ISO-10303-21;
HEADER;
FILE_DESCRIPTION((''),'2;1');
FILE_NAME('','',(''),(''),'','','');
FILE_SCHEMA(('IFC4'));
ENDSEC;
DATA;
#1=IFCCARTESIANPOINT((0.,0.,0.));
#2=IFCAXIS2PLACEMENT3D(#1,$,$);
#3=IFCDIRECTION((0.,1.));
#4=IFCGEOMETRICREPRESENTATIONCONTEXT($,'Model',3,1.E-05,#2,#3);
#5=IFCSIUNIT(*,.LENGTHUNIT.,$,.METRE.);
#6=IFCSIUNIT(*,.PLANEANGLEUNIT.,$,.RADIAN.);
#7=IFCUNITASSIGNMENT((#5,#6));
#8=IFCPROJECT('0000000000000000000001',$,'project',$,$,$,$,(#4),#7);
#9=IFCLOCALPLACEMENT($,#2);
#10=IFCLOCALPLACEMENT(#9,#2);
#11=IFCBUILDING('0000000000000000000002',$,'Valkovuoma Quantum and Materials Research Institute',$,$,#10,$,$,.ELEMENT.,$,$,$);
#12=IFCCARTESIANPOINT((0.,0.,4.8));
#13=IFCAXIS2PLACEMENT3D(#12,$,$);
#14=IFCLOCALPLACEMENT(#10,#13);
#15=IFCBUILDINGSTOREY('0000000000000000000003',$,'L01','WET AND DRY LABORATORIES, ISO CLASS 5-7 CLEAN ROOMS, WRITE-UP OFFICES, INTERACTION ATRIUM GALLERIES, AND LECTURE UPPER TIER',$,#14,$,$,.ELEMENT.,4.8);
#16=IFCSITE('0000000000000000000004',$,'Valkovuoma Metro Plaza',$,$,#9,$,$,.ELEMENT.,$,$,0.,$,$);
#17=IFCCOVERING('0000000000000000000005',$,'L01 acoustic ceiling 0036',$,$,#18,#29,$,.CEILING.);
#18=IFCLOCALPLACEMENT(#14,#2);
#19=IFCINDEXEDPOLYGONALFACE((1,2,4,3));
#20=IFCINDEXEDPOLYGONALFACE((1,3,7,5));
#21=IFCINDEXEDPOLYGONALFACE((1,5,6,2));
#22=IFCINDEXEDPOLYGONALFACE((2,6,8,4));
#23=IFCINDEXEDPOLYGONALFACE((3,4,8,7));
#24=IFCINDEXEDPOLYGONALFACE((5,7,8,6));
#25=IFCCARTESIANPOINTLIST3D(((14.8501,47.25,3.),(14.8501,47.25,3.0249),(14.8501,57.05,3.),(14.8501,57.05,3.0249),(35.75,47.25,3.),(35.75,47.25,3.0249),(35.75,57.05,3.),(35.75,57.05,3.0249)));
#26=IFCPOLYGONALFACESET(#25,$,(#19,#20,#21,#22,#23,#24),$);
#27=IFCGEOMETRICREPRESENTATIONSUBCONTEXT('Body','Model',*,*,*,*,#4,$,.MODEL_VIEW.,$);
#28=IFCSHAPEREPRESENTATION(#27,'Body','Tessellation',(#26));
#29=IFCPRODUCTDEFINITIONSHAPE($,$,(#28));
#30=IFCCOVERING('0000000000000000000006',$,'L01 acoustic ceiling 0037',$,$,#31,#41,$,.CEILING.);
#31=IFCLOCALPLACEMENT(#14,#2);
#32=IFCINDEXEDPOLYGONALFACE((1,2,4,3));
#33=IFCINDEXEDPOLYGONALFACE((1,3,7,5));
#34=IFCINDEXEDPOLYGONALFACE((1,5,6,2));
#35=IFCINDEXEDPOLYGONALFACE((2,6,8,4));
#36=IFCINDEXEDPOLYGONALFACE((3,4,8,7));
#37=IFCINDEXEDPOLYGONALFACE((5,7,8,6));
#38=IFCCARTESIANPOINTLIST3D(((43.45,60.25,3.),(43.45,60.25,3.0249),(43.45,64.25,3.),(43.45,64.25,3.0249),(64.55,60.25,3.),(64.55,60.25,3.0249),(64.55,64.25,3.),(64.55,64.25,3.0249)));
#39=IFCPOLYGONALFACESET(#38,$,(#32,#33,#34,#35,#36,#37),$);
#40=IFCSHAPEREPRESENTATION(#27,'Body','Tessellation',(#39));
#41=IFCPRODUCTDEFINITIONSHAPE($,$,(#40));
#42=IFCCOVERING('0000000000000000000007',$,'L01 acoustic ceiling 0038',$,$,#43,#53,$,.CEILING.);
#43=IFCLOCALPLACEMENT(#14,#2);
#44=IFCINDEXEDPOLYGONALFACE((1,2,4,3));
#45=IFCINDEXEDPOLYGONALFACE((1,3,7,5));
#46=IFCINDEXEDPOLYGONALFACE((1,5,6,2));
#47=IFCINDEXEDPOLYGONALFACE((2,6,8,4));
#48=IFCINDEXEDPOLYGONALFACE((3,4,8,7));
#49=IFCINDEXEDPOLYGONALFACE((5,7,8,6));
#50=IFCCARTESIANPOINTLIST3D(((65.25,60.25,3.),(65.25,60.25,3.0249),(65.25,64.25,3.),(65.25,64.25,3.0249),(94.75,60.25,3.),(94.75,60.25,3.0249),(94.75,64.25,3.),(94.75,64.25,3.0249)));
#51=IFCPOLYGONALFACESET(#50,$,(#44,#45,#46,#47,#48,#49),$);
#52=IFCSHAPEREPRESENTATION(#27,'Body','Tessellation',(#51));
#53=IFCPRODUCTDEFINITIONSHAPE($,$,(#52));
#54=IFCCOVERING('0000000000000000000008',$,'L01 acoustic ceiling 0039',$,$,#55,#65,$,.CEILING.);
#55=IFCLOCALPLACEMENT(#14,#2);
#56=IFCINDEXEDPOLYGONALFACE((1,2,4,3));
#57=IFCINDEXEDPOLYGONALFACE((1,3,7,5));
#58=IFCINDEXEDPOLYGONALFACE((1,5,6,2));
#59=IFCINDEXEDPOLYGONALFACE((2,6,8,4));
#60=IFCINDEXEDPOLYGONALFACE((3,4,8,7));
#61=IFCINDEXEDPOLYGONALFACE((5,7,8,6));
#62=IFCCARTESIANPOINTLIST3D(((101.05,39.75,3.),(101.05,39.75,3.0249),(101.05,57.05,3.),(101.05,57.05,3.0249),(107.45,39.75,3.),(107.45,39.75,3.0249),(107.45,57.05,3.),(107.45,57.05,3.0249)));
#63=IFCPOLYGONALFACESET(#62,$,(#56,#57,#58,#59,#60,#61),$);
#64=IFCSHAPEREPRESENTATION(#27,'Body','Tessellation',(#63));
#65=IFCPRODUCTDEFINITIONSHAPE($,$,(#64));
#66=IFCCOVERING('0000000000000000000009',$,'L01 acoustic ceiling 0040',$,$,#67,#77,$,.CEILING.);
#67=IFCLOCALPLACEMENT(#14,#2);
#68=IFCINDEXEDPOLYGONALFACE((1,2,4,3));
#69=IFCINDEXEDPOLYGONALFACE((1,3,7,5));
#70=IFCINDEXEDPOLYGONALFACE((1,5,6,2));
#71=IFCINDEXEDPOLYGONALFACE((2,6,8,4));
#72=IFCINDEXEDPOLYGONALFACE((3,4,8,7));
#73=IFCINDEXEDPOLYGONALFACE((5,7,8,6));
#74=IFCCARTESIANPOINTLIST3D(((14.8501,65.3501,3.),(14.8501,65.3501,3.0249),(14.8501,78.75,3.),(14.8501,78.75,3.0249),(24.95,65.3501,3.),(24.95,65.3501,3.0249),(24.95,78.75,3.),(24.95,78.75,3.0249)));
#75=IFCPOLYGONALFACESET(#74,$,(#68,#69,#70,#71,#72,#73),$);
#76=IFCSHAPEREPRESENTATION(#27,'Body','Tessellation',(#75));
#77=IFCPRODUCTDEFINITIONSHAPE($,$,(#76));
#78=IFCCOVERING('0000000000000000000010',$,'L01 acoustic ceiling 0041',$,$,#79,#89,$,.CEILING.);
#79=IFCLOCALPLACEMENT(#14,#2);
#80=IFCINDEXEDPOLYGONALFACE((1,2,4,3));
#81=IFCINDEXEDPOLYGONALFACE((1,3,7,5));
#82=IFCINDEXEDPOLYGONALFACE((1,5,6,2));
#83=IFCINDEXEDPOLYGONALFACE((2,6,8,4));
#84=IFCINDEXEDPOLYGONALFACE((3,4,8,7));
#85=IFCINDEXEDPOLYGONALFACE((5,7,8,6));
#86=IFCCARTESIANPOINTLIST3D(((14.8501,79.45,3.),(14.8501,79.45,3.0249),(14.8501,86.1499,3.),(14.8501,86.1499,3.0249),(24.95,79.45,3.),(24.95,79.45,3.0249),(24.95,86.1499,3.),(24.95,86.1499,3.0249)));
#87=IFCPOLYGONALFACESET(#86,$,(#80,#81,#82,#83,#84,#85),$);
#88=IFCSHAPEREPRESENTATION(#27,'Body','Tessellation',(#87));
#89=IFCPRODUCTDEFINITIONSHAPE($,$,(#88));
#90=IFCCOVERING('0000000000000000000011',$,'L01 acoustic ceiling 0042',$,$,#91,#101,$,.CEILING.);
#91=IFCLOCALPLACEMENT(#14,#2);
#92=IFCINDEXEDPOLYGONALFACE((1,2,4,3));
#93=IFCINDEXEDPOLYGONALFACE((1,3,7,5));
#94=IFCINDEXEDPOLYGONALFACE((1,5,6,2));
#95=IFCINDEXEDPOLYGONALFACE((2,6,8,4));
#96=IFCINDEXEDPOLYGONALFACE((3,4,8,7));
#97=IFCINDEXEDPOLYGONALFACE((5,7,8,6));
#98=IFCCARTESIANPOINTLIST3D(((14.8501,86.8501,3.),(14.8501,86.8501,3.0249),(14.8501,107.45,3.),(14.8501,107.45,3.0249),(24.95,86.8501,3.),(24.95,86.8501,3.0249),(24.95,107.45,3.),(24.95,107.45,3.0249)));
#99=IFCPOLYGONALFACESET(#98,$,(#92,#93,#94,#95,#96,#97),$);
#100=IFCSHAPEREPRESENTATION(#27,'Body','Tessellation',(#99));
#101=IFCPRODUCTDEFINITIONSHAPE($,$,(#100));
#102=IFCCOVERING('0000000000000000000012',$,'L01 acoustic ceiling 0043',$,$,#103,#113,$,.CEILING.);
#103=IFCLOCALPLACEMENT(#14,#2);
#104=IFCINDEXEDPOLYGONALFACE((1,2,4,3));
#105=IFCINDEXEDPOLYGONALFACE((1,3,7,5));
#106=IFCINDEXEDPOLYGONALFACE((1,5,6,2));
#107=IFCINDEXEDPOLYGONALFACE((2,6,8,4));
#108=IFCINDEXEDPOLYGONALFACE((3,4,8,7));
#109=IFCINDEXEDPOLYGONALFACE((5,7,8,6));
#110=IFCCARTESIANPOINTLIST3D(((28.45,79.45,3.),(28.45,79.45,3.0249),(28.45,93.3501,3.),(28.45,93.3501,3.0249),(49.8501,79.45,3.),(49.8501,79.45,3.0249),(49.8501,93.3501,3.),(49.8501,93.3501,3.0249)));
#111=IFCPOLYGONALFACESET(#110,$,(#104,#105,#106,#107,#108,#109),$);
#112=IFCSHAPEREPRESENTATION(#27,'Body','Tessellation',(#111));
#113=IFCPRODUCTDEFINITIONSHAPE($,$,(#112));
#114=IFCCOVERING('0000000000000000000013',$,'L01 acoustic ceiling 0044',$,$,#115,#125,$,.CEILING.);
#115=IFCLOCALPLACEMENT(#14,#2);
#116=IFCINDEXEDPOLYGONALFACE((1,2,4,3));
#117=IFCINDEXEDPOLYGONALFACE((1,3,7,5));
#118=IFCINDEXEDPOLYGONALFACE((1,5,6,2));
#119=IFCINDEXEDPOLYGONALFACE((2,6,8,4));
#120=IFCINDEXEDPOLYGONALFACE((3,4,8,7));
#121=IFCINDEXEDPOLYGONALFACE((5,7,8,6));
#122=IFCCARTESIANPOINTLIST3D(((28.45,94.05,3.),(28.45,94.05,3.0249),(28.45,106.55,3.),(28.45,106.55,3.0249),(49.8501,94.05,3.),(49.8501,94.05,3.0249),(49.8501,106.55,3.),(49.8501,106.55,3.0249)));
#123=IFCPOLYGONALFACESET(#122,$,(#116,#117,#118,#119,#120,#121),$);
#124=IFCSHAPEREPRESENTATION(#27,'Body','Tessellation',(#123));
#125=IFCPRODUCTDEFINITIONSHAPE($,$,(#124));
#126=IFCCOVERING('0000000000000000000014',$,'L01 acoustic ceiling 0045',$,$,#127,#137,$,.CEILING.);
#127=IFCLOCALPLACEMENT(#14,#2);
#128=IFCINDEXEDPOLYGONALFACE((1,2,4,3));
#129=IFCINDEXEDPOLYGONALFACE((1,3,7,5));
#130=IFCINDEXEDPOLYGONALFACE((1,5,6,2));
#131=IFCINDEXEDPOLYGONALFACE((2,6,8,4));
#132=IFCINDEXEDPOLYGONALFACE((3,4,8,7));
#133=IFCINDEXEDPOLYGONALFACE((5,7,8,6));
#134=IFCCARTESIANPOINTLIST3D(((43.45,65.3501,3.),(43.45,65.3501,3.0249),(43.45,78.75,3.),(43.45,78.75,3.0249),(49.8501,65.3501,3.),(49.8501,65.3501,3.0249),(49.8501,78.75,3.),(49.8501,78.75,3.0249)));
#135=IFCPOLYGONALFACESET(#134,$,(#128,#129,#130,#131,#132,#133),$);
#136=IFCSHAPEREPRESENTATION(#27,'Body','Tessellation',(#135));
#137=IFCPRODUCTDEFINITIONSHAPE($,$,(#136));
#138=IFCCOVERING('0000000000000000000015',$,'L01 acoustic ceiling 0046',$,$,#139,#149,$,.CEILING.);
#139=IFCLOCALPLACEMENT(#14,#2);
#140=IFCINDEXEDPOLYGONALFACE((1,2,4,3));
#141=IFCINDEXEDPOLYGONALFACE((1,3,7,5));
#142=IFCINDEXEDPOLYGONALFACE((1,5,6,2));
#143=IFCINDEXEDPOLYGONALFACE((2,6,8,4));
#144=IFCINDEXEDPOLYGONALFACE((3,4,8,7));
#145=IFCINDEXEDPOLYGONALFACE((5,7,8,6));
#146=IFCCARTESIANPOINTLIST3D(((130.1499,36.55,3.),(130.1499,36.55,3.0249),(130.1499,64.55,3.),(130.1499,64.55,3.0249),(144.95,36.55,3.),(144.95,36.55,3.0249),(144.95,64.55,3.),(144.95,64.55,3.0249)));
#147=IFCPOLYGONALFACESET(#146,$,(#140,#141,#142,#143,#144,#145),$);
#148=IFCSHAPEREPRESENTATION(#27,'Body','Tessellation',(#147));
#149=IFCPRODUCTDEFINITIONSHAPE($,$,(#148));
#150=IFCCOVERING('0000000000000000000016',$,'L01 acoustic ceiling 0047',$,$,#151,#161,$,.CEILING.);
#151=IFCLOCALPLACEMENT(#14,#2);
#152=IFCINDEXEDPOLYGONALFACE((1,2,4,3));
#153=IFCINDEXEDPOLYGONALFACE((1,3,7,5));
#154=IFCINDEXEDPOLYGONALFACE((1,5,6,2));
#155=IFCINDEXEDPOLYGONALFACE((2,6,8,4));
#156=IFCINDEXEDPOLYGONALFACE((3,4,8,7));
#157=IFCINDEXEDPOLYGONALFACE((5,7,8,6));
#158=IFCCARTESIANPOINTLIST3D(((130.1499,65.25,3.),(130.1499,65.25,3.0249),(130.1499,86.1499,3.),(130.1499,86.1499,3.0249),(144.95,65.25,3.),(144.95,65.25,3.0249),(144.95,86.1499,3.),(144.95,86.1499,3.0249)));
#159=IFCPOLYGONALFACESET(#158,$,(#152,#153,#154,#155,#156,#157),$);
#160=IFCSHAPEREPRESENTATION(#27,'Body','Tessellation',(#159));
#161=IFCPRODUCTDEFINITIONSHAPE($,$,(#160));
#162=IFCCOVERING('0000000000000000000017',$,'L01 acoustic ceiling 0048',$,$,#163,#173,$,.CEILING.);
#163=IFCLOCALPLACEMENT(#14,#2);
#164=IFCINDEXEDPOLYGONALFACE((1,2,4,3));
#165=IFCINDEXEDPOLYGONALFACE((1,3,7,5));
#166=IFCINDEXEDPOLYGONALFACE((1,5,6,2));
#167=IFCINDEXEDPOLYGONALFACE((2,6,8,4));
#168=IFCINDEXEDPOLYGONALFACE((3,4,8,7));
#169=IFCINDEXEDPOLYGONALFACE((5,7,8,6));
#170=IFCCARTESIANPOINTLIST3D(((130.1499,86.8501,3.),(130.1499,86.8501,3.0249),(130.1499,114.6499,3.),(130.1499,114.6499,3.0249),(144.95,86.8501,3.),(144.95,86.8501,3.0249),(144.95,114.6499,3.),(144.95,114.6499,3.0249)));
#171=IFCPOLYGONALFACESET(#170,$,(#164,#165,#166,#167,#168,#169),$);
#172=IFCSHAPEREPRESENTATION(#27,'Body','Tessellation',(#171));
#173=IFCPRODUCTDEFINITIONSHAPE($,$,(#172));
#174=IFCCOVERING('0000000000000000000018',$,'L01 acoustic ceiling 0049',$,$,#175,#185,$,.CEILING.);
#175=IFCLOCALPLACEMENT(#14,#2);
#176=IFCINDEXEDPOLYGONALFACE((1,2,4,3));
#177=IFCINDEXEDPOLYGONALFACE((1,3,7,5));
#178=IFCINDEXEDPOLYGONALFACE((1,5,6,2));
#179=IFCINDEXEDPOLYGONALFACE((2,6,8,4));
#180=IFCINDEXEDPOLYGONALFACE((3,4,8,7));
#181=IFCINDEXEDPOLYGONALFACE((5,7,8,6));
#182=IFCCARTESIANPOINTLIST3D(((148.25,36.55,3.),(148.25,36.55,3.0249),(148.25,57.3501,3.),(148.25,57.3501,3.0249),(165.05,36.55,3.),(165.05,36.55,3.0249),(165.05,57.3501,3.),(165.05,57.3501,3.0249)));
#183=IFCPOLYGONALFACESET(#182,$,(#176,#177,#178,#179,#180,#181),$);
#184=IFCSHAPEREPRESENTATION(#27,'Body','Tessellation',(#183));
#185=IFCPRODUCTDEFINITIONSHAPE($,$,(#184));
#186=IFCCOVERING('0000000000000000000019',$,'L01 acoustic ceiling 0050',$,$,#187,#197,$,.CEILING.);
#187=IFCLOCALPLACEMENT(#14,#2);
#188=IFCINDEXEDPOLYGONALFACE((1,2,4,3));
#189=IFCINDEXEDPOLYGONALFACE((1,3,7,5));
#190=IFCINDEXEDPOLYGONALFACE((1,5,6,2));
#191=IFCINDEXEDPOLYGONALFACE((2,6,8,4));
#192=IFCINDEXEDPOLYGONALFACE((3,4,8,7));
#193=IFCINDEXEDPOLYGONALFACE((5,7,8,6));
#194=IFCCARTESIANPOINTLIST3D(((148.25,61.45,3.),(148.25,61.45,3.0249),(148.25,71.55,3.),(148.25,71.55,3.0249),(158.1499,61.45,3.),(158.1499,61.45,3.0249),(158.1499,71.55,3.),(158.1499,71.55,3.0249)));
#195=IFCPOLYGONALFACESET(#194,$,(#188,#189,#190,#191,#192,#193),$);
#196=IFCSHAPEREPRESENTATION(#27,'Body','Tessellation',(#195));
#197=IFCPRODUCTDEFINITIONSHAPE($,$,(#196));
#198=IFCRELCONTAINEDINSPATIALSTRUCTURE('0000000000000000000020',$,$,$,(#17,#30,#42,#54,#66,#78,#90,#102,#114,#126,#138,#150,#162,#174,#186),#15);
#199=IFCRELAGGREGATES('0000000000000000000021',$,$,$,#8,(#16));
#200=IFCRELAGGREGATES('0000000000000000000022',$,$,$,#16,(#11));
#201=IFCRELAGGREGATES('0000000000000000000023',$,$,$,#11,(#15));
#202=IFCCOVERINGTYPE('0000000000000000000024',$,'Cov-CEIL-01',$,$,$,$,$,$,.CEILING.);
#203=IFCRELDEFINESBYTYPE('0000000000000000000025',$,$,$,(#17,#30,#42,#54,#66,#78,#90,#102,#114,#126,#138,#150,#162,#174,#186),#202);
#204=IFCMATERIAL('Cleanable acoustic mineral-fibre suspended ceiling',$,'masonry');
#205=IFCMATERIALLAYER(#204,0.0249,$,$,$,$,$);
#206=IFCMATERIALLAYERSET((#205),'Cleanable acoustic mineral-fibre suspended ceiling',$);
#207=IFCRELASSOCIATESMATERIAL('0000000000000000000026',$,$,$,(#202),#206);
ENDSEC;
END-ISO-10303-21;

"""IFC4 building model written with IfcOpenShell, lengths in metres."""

from ifc_helpers import new_model, si_unit, direction, frame, origin, place, context, subcontext, project, spatial, polyline, outline, extrude, material, layer, layer_set, type_object, element, save


model = new_model("IFC4")

# Units and contexts
model_context = context("Model", 3, precision=1e-05, world=origin(), true_north=direction((0.0, 1.0)))
body_context = subcontext(model_context, "Body", "Model", "MODEL_VIEW")
ifc_project = project(units=[si_unit("LENGTHUNIT", "METRE"), si_unit("PLANEANGLEUNIT", "RADIAN")], contexts=[model_context])

# Site, building, storey
site_placement = place(None, origin())
site = spatial("IfcSite", under=ifc_project, at=site_placement, Name="Valkovuoma Metro Plaza", CompositionType="ELEMENT", RefElevation=0.0)
building_placement = place(site_placement, origin())
building = spatial("IfcBuilding", under=site, at=building_placement, Name="Valkovuoma Quantum and Materials Research Institute", CompositionType="ELEMENT")
storey_placement = place(building_placement, frame((0.0, 0.0, 4.8)))
storey = spatial("IfcBuildingStorey", under=building, at=storey_placement, Name="L01", Description="WET AND DRY LABORATORIES, ISO CLASS 5-7 CLEAN ROOMS, WRITE-UP OFFICES, INTERACTION ATRIUM GALLERIES, AND LECTURE UPPER TIER", CompositionType="ELEMENT", Elevation=4.8)

# Coverings
ifc_material_1 = material(Name="Cleanable acoustic mineral-fibre suspended ceiling", Category="masonry")
ifc_layer_1 = layer(ifc_material_1, 0.0249)
ifc_layer_set_1 = layer_set([ifc_layer_1], Name="Cleanable acoustic mineral-fibre suspended ceiling")
covering_type_1 = type_object("IfcCoveringType", Name="Cov-CEIL-01", PredefinedType="CEILING", material=ifc_layer_set_1)
covering_1_placement = place(storey_placement, frame((0.0, 0.0, 3.0)))
element("IfcCovering", 1, at=covering_1_placement, inside=storey, type_object=covering_type_1, Name="L01 acoustic ceiling 0036", PredefinedType="CEILING", context=body_context, shape_type="SweptSolid", body=[
    extrude(outline(polyline([(14.8501, 47.25), (35.75, 47.25), (35.75, 57.05), (14.8501, 57.05), (14.8501, 47.25)])), origin(), (0.0, 0.0, 1.0), 0.0249),
])
covering_2_placement = place(storey_placement, frame((0.0, 0.0, 3.0)))
element("IfcCovering", 2, at=covering_2_placement, inside=storey, type_object=covering_type_1, Name="L01 acoustic ceiling 0037", PredefinedType="CEILING", context=body_context, shape_type="SweptSolid", body=[
    extrude(outline(polyline([(43.45, 60.25), (64.55, 60.25), (64.55, 64.25), (43.45, 64.25), (43.45, 60.25)])), origin(), (0.0, 0.0, 1.0), 0.0249),
])
covering_3_placement = place(storey_placement, frame((0.0, 0.0, 3.0)))
element("IfcCovering", 3, at=covering_3_placement, inside=storey, type_object=covering_type_1, Name="L01 acoustic ceiling 0038", PredefinedType="CEILING", context=body_context, shape_type="SweptSolid", body=[
    extrude(outline(polyline([(65.25, 60.25), (94.75, 60.25), (94.75, 64.25), (65.25, 64.25), (65.25, 60.25)])), origin(), (0.0, 0.0, 1.0), 0.0249),
])
covering_4_placement = place(storey_placement, frame((0.0, 0.0, 3.0)))
element("IfcCovering", 4, at=covering_4_placement, inside=storey, type_object=covering_type_1, Name="L01 acoustic ceiling 0039", PredefinedType="CEILING", context=body_context, shape_type="SweptSolid", body=[
    extrude(outline(polyline([(101.05, 39.75), (107.45, 39.75), (107.45, 57.05), (101.05, 57.05), (101.05, 39.75)])), origin(), (0.0, 0.0, 1.0), 0.0249),
])
covering_5_placement = place(storey_placement, frame((0.0, 0.0, 3.0)))
element("IfcCovering", 5, at=covering_5_placement, inside=storey, type_object=covering_type_1, Name="L01 acoustic ceiling 0040", PredefinedType="CEILING", context=body_context, shape_type="SweptSolid", body=[
    extrude(outline(polyline([(14.8501, 65.3501), (24.95, 65.3501), (24.95, 78.75), (14.8501, 78.75), (14.8501, 65.3501)])), origin(), (0.0, 0.0, 1.0), 0.0249),
])
covering_6_placement = place(storey_placement, frame((0.0, 0.0, 3.0)))
element("IfcCovering", 6, at=covering_6_placement, inside=storey, type_object=covering_type_1, Name="L01 acoustic ceiling 0041", PredefinedType="CEILING", context=body_context, shape_type="SweptSolid", body=[
    extrude(outline(polyline([(14.8501, 79.45), (24.95, 79.45), (24.95, 86.1499), (14.8501, 86.1499), (14.8501, 79.45)])), origin(), (0.0, 0.0, 1.0), 0.0249),
])
covering_7_placement = place(storey_placement, frame((0.0, 0.0, 3.0)))
element("IfcCovering", 7, at=covering_7_placement, inside=storey, type_object=covering_type_1, Name="L01 acoustic ceiling 0042", PredefinedType="CEILING", context=body_context, shape_type="SweptSolid", body=[
    extrude(outline(polyline([(14.8501, 86.8501), (24.95, 86.8501), (24.95, 107.45), (14.8501, 107.45), (14.8501, 86.8501)])), origin(), (0.0, 0.0, 1.0), 0.0249),
])
covering_8_placement = place(storey_placement, frame((0.0, 0.0, 3.0)))
element("IfcCovering", 8, at=covering_8_placement, inside=storey, type_object=covering_type_1, Name="L01 acoustic ceiling 0043", PredefinedType="CEILING", context=body_context, shape_type="SweptSolid", body=[
    extrude(outline(polyline([(28.45, 79.45), (49.8501, 79.45), (49.8501, 93.3501), (28.45, 93.3501), (28.45, 79.45)])), origin(), (0.0, 0.0, 1.0), 0.0249),
])
covering_9_placement = place(storey_placement, frame((0.0, 0.0, 3.0)))
element("IfcCovering", 9, at=covering_9_placement, inside=storey, type_object=covering_type_1, Name="L01 acoustic ceiling 0044", PredefinedType="CEILING", context=body_context, shape_type="SweptSolid", body=[
    extrude(outline(polyline([(28.45, 94.05), (49.8501, 94.05), (49.8501, 106.55), (28.45, 106.55), (28.45, 94.05)])), origin(), (0.0, 0.0, 1.0), 0.0249),
])
covering_10_placement = place(storey_placement, frame((0.0, 0.0, 3.0)))
element("IfcCovering", 10, at=covering_10_placement, inside=storey, type_object=covering_type_1, Name="L01 acoustic ceiling 0045", PredefinedType="CEILING", context=body_context, shape_type="SweptSolid", body=[
    extrude(outline(polyline([(43.45, 65.3501), (49.8501, 65.3501), (49.8501, 78.75), (43.45, 78.75), (43.45, 65.3501)])), origin(), (0.0, 0.0, 1.0), 0.0249),
])
covering_11_placement = place(storey_placement, frame((0.0, 0.0, 3.0)))
element("IfcCovering", 11, at=covering_11_placement, inside=storey, type_object=covering_type_1, Name="L01 acoustic ceiling 0046", PredefinedType="CEILING", context=body_context, shape_type="SweptSolid", body=[
    extrude(outline(polyline([(130.1499, 36.55), (144.95, 36.55), (144.95, 64.55), (130.1499, 64.55), (130.1499, 36.55)])), origin(), (0.0, 0.0, 1.0), 0.0249),
])
covering_12_placement = place(storey_placement, frame((0.0, 0.0, 3.0)))
element("IfcCovering", 12, at=covering_12_placement, inside=storey, type_object=covering_type_1, Name="L01 acoustic ceiling 0047", PredefinedType="CEILING", context=body_context, shape_type="SweptSolid", body=[
    extrude(outline(polyline([(130.1499, 65.25), (144.95, 65.25), (144.95, 86.1499), (130.1499, 86.1499), (130.1499, 65.25)])), origin(), (0.0, 0.0, 1.0), 0.0249),
])
covering_13_placement = place(storey_placement, frame((0.0, 0.0, 3.0)))
element("IfcCovering", 13, at=covering_13_placement, inside=storey, type_object=covering_type_1, Name="L01 acoustic ceiling 0048", PredefinedType="CEILING", context=body_context, shape_type="SweptSolid", body=[
    extrude(outline(polyline([(130.1499, 86.8501), (144.95, 86.8501), (144.95, 114.6499), (130.1499, 114.6499), (130.1499, 86.8501)])), origin(), (0.0, 0.0, 1.0), 0.0249),
])
covering_14_placement = place(storey_placement, frame((0.0, 0.0, 3.0)))
element("IfcCovering", 14, at=covering_14_placement, inside=storey, type_object=covering_type_1, Name="L01 acoustic ceiling 0049", PredefinedType="CEILING", context=body_context, shape_type="SweptSolid", body=[
    extrude(outline(polyline([(148.25, 36.55), (165.05, 36.55), (165.05, 57.3501), (148.25, 57.3501), (148.25, 36.55)])), origin(), (0.0, 0.0, 1.0), 0.0249),
])
covering_15_placement = place(storey_placement, frame((0.0, 0.0, 3.0)))
element("IfcCovering", 15, at=covering_15_placement, inside=storey, type_object=covering_type_1, Name="L01 acoustic ceiling 0050", PredefinedType="CEILING", context=body_context, shape_type="SweptSolid", body=[
    extrude(outline(polyline([(148.25, 61.45), (158.1499, 61.45), (158.1499, 71.55), (148.25, 71.55), (148.25, 61.45)])), origin(), (0.0, 0.0, 1.0), 0.0249),
])

save(model, "model.ifc")
